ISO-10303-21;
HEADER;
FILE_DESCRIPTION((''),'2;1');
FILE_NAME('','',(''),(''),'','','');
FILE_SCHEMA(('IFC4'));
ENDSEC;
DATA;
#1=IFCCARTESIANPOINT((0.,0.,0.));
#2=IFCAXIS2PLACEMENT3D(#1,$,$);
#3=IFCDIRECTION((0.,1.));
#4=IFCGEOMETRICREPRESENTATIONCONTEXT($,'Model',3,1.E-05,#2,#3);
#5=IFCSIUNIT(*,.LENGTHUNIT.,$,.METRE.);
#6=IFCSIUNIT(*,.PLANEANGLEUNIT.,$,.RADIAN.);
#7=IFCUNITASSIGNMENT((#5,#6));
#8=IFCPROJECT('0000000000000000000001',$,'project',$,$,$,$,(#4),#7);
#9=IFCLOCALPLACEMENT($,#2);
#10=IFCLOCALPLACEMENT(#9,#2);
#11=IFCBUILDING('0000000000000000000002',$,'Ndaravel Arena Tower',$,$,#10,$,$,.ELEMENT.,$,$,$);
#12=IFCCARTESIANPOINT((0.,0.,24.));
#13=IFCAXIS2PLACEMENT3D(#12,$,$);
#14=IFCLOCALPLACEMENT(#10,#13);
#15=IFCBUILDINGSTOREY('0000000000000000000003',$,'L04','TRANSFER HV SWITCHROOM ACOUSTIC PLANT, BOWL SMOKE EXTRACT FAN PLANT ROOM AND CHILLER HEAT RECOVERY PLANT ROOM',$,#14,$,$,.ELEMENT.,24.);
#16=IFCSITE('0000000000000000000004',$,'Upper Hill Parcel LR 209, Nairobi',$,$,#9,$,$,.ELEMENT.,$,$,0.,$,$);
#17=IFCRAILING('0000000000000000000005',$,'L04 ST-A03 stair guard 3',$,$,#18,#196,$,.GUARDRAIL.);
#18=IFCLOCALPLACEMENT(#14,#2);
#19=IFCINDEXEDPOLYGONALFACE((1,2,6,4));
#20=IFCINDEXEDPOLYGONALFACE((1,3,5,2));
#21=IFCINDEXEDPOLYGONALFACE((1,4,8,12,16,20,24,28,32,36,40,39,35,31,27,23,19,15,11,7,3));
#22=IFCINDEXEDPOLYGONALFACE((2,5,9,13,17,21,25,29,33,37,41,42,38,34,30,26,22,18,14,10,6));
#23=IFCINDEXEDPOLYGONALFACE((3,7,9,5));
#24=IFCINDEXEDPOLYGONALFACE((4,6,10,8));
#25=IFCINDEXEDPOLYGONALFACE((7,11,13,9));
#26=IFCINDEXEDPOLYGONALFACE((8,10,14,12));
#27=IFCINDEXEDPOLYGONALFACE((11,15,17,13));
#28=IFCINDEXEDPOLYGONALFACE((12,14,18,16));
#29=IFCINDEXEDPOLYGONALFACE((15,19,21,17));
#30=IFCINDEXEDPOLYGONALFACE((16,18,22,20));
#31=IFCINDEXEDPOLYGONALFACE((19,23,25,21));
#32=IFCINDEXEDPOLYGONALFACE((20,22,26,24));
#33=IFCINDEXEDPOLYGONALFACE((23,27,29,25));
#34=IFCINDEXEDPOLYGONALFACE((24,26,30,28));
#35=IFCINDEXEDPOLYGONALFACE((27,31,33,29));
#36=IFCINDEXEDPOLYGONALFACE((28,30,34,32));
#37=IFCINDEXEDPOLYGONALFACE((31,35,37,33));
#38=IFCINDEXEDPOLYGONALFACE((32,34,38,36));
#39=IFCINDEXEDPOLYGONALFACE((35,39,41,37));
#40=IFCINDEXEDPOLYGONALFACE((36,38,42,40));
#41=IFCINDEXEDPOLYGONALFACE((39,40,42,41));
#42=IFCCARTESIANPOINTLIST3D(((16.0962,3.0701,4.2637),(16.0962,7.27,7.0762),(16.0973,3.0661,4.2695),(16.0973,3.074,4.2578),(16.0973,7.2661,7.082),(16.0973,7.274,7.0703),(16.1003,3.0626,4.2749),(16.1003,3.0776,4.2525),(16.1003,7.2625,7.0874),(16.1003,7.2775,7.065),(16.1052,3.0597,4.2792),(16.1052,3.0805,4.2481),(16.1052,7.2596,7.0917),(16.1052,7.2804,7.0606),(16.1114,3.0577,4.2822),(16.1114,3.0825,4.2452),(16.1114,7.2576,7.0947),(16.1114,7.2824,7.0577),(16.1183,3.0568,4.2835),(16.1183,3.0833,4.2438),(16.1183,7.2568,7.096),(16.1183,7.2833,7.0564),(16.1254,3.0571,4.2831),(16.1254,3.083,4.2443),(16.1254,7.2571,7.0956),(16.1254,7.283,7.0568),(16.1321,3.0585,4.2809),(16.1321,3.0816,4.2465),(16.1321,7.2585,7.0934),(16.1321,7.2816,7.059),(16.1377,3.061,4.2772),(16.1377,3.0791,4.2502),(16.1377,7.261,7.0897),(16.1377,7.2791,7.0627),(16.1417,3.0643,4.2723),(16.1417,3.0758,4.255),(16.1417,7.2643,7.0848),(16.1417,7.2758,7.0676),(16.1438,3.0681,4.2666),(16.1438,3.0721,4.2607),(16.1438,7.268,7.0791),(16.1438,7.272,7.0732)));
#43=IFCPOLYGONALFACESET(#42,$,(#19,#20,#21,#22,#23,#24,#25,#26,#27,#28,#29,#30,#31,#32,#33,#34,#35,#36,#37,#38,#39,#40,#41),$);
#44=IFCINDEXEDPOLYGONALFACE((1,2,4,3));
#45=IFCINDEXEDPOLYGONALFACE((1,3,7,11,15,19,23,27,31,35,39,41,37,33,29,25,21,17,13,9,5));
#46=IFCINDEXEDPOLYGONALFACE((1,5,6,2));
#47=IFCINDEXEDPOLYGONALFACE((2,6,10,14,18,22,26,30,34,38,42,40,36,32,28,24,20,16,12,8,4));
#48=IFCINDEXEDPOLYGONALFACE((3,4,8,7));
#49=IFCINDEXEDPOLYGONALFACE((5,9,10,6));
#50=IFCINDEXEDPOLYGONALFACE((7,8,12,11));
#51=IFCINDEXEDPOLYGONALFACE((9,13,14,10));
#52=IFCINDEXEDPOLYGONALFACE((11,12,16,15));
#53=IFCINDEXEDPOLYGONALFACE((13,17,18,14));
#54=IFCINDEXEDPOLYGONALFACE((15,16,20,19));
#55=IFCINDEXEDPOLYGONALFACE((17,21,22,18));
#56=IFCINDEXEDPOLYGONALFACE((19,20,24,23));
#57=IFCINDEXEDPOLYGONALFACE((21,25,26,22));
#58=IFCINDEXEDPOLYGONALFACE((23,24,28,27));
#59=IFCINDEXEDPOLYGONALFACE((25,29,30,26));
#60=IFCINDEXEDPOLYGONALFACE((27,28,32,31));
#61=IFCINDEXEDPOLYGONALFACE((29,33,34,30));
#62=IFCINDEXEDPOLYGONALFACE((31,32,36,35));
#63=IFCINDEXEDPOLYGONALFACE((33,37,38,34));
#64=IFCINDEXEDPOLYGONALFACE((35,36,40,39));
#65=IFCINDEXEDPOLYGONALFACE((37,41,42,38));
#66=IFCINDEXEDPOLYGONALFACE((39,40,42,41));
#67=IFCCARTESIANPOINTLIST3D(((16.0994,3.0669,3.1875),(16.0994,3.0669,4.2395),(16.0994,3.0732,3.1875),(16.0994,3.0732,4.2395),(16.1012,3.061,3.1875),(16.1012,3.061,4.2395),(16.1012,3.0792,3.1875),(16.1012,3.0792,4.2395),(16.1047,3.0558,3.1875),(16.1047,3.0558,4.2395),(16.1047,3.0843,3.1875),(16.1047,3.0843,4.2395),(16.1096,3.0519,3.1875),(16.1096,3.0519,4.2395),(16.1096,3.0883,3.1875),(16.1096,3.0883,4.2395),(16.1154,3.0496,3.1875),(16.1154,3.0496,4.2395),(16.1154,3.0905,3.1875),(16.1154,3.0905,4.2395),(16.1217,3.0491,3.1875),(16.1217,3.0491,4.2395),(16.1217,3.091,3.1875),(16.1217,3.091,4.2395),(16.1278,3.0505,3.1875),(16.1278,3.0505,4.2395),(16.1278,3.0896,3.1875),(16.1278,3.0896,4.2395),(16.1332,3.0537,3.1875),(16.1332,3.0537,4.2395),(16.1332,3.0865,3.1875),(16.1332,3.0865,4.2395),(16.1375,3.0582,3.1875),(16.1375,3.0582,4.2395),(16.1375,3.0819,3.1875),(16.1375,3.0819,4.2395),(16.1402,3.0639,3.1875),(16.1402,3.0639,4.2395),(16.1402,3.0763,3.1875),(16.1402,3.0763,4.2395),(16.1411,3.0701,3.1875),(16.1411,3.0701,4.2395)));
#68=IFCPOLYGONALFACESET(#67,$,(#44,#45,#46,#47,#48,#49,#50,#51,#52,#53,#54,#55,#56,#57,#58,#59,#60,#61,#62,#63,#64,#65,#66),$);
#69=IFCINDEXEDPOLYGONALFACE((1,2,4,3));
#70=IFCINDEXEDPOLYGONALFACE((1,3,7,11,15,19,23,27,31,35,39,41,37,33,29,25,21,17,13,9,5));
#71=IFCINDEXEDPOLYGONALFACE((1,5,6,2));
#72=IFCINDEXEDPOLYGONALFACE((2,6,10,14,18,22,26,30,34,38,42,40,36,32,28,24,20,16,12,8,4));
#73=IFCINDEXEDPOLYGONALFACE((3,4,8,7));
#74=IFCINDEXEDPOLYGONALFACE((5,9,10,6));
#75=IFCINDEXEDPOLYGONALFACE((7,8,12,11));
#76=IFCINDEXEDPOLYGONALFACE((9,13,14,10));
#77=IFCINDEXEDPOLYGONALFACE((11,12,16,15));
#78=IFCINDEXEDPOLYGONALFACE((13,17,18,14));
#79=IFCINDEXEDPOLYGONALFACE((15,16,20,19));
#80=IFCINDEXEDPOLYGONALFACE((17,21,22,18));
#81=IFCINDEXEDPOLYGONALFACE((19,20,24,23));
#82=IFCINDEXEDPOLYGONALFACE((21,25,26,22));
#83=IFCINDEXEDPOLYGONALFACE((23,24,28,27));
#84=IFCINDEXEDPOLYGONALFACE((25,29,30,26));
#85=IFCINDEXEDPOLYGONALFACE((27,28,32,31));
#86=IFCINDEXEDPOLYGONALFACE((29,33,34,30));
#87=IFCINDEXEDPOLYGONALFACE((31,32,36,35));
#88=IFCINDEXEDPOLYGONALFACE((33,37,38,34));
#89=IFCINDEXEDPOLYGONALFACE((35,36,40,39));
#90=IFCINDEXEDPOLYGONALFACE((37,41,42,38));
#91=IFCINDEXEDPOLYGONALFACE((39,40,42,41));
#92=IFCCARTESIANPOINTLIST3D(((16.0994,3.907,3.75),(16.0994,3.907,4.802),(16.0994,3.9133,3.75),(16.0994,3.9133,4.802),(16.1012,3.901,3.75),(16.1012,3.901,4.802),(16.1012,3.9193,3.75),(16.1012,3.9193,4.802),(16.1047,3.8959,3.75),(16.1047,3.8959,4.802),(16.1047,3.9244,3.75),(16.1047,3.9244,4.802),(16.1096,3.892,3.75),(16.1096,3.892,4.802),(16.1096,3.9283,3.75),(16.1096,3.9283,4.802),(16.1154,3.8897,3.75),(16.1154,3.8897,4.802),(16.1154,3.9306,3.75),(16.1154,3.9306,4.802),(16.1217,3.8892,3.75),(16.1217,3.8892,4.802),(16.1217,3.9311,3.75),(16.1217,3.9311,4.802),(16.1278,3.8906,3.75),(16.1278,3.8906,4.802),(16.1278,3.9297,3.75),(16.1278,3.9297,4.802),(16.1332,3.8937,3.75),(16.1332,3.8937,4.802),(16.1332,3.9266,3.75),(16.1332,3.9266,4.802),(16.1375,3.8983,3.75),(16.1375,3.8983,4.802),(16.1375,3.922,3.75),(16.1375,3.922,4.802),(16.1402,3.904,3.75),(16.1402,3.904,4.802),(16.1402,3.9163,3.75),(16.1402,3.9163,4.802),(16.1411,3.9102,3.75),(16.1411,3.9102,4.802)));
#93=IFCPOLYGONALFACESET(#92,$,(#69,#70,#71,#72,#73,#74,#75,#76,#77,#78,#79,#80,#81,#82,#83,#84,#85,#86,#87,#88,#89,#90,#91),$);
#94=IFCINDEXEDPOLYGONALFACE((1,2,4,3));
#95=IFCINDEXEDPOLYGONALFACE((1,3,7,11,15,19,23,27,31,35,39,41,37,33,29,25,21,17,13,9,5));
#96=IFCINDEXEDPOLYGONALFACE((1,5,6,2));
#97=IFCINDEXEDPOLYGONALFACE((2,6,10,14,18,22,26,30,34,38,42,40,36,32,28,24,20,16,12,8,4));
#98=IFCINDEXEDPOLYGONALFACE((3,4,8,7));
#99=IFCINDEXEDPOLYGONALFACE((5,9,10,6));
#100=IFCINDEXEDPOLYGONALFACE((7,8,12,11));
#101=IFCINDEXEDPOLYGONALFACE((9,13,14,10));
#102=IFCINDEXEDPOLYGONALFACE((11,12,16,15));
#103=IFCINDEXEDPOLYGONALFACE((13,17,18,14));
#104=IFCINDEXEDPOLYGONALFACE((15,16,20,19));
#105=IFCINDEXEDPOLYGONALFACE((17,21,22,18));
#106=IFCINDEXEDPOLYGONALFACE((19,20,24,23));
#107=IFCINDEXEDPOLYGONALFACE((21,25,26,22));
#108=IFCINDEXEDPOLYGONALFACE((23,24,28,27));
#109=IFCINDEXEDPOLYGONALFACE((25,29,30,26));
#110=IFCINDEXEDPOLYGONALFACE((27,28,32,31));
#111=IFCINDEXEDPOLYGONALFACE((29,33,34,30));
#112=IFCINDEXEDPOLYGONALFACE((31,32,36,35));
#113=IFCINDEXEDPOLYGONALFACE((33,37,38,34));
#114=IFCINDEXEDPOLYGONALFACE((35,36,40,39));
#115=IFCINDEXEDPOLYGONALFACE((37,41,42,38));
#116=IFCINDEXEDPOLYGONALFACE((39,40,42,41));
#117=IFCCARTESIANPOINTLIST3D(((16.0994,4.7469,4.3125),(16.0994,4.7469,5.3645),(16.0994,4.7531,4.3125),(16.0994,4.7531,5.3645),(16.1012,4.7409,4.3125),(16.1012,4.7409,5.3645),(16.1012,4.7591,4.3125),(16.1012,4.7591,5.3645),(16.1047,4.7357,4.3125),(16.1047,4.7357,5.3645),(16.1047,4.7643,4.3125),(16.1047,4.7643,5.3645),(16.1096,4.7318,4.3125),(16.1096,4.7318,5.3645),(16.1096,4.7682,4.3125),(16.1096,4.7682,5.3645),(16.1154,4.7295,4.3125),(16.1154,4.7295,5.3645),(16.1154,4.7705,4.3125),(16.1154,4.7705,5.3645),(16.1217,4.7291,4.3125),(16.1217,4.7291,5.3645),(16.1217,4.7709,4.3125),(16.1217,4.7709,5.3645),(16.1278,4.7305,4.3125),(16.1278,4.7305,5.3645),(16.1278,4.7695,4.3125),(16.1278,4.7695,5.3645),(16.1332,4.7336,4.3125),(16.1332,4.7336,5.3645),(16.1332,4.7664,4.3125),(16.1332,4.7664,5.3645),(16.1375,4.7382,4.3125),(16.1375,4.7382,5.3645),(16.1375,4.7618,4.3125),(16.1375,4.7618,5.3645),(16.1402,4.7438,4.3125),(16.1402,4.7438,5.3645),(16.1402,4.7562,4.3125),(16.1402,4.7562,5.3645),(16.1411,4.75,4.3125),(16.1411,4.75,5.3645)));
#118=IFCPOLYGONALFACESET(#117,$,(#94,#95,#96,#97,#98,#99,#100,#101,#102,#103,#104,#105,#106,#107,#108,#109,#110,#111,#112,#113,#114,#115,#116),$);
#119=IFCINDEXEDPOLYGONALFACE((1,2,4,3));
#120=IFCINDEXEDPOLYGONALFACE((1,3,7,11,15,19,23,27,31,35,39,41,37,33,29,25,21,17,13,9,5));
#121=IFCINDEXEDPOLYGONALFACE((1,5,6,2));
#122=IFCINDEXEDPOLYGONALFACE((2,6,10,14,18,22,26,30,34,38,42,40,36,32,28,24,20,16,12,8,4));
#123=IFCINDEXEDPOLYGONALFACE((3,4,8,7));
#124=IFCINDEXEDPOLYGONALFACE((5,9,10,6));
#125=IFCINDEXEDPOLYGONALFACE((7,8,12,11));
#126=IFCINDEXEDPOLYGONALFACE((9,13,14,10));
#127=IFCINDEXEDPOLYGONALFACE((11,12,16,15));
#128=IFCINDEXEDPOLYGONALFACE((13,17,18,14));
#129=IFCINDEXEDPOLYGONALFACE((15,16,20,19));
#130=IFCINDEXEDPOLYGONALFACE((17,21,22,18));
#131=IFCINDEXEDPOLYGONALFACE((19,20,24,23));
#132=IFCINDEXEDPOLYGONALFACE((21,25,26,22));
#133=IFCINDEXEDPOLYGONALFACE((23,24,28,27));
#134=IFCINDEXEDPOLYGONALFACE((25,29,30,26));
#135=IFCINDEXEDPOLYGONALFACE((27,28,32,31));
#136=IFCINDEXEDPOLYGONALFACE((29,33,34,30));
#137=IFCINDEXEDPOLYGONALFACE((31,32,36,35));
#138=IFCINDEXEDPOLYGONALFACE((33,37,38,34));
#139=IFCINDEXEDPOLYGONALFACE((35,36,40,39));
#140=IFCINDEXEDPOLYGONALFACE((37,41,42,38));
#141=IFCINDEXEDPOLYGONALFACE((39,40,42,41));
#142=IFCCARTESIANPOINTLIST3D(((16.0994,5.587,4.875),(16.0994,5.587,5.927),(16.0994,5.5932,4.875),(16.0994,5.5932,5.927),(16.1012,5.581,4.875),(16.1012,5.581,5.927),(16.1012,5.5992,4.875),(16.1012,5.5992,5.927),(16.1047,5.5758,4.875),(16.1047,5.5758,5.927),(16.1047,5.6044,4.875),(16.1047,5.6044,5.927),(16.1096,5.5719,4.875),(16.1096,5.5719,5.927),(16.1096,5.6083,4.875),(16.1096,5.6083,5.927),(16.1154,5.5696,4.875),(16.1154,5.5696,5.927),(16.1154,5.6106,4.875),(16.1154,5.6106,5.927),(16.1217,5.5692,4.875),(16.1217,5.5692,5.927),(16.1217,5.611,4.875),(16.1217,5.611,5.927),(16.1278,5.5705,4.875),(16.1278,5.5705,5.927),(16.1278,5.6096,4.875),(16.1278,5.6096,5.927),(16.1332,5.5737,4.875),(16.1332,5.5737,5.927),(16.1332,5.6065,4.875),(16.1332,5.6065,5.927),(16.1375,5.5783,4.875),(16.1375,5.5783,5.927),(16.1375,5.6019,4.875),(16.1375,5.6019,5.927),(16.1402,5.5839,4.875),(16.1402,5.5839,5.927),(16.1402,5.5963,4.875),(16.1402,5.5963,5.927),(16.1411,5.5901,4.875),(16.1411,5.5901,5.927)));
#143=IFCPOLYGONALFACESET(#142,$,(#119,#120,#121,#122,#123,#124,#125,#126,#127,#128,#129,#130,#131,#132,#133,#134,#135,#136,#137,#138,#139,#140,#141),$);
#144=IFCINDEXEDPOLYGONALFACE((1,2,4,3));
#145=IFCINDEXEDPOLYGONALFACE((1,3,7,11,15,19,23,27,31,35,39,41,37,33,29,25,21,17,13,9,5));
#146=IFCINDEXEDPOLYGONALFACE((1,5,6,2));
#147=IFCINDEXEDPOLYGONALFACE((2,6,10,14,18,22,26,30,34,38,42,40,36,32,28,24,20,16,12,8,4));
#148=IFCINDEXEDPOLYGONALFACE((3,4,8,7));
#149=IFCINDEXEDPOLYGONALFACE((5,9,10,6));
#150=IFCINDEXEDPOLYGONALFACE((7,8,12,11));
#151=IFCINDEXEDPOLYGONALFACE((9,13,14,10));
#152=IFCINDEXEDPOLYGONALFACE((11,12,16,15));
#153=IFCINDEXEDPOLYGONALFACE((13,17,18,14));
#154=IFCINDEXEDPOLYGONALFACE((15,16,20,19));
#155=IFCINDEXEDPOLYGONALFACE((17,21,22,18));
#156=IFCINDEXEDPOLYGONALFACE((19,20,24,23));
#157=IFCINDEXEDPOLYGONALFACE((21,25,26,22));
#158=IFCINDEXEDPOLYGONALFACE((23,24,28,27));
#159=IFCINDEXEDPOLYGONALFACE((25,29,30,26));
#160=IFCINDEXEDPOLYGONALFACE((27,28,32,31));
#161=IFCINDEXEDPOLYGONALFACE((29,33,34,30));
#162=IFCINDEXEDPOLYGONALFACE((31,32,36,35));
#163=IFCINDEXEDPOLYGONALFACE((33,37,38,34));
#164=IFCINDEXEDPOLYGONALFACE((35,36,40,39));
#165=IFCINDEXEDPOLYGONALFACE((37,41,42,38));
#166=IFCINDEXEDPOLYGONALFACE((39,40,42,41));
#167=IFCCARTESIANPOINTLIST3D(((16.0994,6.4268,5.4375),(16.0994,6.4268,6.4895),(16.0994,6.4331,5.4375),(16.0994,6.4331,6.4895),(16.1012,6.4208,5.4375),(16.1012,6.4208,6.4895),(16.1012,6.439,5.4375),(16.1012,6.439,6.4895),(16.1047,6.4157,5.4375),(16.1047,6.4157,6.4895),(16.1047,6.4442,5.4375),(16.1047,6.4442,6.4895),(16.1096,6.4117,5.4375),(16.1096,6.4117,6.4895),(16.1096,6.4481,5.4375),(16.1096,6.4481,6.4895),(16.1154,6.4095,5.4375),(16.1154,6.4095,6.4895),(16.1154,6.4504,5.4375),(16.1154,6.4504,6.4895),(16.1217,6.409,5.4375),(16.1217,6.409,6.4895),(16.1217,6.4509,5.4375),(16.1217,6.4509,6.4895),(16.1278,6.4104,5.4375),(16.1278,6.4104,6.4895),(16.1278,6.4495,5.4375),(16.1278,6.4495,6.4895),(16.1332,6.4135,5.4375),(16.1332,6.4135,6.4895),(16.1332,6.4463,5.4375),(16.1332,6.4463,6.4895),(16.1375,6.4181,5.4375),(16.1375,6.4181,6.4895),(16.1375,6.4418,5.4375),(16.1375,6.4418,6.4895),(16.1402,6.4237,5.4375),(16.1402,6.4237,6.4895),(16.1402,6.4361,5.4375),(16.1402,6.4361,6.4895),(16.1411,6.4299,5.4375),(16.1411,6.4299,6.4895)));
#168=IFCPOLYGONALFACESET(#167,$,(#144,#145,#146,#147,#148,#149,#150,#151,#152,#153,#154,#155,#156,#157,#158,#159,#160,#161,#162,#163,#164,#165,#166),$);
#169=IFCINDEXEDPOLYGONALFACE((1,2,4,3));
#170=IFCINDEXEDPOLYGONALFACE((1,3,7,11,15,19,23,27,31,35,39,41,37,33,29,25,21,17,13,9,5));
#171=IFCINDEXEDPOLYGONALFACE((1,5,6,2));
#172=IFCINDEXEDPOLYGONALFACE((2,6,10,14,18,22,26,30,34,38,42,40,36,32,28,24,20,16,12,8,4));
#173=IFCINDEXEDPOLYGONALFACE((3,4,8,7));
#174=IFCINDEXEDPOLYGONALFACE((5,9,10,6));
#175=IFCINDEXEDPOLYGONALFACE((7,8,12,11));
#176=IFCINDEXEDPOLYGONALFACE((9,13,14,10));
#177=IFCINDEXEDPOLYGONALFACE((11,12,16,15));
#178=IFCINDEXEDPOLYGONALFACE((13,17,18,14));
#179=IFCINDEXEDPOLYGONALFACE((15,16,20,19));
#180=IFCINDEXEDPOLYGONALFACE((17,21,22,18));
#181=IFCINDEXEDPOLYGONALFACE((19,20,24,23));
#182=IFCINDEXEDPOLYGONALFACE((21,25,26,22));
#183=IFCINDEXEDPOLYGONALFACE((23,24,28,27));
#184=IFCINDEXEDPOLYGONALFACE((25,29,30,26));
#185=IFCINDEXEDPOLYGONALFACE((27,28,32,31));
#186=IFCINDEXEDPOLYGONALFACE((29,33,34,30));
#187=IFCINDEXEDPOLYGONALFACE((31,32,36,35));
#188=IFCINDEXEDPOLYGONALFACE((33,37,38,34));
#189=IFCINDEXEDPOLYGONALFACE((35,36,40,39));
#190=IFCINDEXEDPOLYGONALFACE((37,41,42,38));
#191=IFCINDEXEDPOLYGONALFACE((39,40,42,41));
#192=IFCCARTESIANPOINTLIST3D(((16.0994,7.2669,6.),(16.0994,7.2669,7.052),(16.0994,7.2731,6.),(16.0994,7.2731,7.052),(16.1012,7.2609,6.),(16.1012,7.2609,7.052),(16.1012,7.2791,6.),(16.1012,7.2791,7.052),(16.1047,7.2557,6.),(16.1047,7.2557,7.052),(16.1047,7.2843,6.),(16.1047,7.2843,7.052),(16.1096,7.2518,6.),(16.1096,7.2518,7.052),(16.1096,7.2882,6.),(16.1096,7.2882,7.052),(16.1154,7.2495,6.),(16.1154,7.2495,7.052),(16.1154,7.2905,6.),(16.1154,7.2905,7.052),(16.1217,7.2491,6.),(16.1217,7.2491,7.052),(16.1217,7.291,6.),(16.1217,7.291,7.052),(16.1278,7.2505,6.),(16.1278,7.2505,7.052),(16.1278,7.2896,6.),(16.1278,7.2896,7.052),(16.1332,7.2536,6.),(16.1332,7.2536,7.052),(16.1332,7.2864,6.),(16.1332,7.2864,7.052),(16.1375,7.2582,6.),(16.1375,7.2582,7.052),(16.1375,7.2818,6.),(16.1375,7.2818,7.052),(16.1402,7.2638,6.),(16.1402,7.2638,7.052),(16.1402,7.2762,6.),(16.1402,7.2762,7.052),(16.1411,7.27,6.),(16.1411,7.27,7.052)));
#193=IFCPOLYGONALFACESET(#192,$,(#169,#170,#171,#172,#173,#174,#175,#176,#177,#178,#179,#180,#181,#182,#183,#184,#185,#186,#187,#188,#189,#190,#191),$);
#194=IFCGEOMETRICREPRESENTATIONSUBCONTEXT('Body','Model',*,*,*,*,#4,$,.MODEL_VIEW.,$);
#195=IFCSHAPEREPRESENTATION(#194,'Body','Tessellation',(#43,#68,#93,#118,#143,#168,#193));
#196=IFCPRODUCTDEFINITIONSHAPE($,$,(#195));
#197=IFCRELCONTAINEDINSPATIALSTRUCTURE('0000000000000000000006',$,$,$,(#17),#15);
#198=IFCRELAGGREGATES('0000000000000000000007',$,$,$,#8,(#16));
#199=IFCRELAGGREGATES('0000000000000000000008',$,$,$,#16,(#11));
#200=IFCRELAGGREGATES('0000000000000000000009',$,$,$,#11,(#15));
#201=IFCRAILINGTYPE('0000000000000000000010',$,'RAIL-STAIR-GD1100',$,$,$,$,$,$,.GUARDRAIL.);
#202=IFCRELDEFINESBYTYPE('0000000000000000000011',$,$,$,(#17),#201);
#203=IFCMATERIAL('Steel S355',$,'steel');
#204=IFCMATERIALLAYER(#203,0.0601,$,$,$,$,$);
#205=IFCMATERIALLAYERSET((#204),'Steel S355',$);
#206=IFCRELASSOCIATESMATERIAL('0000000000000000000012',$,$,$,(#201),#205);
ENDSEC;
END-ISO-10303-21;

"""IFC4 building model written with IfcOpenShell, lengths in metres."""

from ifc_helpers import new_model, si_unit, direction, frame, origin, origin_2d, place, context, subcontext, project, spatial, circle, extrude, material, layer, layer_set, type_object, element, save


model = new_model("IFC4")

# Units and contexts
model_context = context("Model", 3, precision=1e-05, world=origin(), true_north=direction((0.0, 1.0)))
body_context = subcontext(model_context, "Body", "Model", "MODEL_VIEW")
ifc_project = project(units=[si_unit("LENGTHUNIT", "METRE"), si_unit("PLANEANGLEUNIT", "RADIAN")], contexts=[model_context])

# Site, building, storey
site_placement = place(None, origin())
site = spatial("IfcSite", under=ifc_project, at=site_placement, Name="Upper Hill Parcel LR 209, Nairobi", CompositionType="ELEMENT", RefElevation=0.0)
building_placement = place(site_placement, origin())
building = spatial("IfcBuilding", under=site, at=building_placement, Name="Ndaravel Arena Tower", CompositionType="ELEMENT")
storey_placement = place(building_placement, frame((0.0, 0.0, 24.0)))
storey = spatial("IfcBuildingStorey", under=building, at=storey_placement, Name="L04", Description="TRANSFER HV SWITCHROOM ACOUSTIC PLANT, BOWL SMOKE EXTRACT FAN PLANT ROOM AND CHILLER HEAT RECOVERY PLANT ROOM", CompositionType="ELEMENT", Elevation=24.0)

# Railing
ifc_material_1 = material(Name="Steel S355", Category="steel")
ifc_layer_1 = layer(ifc_material_1, 0.0601)
ifc_layer_set_1 = layer_set([ifc_layer_1], Name="Steel S355")
railing_type_1 = type_object("IfcRailingType", Name="RAIL-STAIR-GD1100", PredefinedType="GUARDRAIL", material=ifc_layer_set_1)
railing_1_placement = place(storey_placement, frame((16.1201, 3.0701, 3.1875)))
element("IfcRailing", 1, at=railing_1_placement, inside=storey, type_object=railing_type_1, Name="L04 ST-A03 stair guard 3", PredefinedType="GUARDRAIL", context=body_context, shape_type="SweptSolid", body=[
    extrude(circle(Radius=0.0239, at=origin_2d()), frame((0.0, 0.0, 1.0762), z_axis=(0.0, 0.830904, 0.556416), x_axis=(-1.0, 0.0, 0.0)), (0.0, 0.0, 1.0), 5.0547),
    extrude(circle(Radius=0.021, at=origin_2d()), origin(), (0.0, 0.0, 1.0), 1.052),
    extrude(circle(Radius=0.021, at=origin_2d()), frame((0.0, 0.8401, 0.5625)), (0.0, 0.0, 1.0), 1.052),
    extrude(circle(Radius=0.021, at=origin_2d()), frame((0.0, 1.6799, 1.125)), (0.0, 0.0, 1.0), 1.052),
    extrude(circle(Radius=0.021, at=origin_2d()), frame((0.0, 2.52, 1.6875)), (0.0, 0.0, 1.0), 1.052),
    extrude(circle(Radius=0.021, at=origin_2d()), frame((0.0, 3.3599, 2.25)), (0.0, 0.0, 1.0), 1.052),
    extrude(circle(Radius=0.021, at=origin_2d()), frame((0.0, 4.2, 2.8125)), (0.0, 0.0, 1.0), 1.052),
])

save(model, "model.ifc")
